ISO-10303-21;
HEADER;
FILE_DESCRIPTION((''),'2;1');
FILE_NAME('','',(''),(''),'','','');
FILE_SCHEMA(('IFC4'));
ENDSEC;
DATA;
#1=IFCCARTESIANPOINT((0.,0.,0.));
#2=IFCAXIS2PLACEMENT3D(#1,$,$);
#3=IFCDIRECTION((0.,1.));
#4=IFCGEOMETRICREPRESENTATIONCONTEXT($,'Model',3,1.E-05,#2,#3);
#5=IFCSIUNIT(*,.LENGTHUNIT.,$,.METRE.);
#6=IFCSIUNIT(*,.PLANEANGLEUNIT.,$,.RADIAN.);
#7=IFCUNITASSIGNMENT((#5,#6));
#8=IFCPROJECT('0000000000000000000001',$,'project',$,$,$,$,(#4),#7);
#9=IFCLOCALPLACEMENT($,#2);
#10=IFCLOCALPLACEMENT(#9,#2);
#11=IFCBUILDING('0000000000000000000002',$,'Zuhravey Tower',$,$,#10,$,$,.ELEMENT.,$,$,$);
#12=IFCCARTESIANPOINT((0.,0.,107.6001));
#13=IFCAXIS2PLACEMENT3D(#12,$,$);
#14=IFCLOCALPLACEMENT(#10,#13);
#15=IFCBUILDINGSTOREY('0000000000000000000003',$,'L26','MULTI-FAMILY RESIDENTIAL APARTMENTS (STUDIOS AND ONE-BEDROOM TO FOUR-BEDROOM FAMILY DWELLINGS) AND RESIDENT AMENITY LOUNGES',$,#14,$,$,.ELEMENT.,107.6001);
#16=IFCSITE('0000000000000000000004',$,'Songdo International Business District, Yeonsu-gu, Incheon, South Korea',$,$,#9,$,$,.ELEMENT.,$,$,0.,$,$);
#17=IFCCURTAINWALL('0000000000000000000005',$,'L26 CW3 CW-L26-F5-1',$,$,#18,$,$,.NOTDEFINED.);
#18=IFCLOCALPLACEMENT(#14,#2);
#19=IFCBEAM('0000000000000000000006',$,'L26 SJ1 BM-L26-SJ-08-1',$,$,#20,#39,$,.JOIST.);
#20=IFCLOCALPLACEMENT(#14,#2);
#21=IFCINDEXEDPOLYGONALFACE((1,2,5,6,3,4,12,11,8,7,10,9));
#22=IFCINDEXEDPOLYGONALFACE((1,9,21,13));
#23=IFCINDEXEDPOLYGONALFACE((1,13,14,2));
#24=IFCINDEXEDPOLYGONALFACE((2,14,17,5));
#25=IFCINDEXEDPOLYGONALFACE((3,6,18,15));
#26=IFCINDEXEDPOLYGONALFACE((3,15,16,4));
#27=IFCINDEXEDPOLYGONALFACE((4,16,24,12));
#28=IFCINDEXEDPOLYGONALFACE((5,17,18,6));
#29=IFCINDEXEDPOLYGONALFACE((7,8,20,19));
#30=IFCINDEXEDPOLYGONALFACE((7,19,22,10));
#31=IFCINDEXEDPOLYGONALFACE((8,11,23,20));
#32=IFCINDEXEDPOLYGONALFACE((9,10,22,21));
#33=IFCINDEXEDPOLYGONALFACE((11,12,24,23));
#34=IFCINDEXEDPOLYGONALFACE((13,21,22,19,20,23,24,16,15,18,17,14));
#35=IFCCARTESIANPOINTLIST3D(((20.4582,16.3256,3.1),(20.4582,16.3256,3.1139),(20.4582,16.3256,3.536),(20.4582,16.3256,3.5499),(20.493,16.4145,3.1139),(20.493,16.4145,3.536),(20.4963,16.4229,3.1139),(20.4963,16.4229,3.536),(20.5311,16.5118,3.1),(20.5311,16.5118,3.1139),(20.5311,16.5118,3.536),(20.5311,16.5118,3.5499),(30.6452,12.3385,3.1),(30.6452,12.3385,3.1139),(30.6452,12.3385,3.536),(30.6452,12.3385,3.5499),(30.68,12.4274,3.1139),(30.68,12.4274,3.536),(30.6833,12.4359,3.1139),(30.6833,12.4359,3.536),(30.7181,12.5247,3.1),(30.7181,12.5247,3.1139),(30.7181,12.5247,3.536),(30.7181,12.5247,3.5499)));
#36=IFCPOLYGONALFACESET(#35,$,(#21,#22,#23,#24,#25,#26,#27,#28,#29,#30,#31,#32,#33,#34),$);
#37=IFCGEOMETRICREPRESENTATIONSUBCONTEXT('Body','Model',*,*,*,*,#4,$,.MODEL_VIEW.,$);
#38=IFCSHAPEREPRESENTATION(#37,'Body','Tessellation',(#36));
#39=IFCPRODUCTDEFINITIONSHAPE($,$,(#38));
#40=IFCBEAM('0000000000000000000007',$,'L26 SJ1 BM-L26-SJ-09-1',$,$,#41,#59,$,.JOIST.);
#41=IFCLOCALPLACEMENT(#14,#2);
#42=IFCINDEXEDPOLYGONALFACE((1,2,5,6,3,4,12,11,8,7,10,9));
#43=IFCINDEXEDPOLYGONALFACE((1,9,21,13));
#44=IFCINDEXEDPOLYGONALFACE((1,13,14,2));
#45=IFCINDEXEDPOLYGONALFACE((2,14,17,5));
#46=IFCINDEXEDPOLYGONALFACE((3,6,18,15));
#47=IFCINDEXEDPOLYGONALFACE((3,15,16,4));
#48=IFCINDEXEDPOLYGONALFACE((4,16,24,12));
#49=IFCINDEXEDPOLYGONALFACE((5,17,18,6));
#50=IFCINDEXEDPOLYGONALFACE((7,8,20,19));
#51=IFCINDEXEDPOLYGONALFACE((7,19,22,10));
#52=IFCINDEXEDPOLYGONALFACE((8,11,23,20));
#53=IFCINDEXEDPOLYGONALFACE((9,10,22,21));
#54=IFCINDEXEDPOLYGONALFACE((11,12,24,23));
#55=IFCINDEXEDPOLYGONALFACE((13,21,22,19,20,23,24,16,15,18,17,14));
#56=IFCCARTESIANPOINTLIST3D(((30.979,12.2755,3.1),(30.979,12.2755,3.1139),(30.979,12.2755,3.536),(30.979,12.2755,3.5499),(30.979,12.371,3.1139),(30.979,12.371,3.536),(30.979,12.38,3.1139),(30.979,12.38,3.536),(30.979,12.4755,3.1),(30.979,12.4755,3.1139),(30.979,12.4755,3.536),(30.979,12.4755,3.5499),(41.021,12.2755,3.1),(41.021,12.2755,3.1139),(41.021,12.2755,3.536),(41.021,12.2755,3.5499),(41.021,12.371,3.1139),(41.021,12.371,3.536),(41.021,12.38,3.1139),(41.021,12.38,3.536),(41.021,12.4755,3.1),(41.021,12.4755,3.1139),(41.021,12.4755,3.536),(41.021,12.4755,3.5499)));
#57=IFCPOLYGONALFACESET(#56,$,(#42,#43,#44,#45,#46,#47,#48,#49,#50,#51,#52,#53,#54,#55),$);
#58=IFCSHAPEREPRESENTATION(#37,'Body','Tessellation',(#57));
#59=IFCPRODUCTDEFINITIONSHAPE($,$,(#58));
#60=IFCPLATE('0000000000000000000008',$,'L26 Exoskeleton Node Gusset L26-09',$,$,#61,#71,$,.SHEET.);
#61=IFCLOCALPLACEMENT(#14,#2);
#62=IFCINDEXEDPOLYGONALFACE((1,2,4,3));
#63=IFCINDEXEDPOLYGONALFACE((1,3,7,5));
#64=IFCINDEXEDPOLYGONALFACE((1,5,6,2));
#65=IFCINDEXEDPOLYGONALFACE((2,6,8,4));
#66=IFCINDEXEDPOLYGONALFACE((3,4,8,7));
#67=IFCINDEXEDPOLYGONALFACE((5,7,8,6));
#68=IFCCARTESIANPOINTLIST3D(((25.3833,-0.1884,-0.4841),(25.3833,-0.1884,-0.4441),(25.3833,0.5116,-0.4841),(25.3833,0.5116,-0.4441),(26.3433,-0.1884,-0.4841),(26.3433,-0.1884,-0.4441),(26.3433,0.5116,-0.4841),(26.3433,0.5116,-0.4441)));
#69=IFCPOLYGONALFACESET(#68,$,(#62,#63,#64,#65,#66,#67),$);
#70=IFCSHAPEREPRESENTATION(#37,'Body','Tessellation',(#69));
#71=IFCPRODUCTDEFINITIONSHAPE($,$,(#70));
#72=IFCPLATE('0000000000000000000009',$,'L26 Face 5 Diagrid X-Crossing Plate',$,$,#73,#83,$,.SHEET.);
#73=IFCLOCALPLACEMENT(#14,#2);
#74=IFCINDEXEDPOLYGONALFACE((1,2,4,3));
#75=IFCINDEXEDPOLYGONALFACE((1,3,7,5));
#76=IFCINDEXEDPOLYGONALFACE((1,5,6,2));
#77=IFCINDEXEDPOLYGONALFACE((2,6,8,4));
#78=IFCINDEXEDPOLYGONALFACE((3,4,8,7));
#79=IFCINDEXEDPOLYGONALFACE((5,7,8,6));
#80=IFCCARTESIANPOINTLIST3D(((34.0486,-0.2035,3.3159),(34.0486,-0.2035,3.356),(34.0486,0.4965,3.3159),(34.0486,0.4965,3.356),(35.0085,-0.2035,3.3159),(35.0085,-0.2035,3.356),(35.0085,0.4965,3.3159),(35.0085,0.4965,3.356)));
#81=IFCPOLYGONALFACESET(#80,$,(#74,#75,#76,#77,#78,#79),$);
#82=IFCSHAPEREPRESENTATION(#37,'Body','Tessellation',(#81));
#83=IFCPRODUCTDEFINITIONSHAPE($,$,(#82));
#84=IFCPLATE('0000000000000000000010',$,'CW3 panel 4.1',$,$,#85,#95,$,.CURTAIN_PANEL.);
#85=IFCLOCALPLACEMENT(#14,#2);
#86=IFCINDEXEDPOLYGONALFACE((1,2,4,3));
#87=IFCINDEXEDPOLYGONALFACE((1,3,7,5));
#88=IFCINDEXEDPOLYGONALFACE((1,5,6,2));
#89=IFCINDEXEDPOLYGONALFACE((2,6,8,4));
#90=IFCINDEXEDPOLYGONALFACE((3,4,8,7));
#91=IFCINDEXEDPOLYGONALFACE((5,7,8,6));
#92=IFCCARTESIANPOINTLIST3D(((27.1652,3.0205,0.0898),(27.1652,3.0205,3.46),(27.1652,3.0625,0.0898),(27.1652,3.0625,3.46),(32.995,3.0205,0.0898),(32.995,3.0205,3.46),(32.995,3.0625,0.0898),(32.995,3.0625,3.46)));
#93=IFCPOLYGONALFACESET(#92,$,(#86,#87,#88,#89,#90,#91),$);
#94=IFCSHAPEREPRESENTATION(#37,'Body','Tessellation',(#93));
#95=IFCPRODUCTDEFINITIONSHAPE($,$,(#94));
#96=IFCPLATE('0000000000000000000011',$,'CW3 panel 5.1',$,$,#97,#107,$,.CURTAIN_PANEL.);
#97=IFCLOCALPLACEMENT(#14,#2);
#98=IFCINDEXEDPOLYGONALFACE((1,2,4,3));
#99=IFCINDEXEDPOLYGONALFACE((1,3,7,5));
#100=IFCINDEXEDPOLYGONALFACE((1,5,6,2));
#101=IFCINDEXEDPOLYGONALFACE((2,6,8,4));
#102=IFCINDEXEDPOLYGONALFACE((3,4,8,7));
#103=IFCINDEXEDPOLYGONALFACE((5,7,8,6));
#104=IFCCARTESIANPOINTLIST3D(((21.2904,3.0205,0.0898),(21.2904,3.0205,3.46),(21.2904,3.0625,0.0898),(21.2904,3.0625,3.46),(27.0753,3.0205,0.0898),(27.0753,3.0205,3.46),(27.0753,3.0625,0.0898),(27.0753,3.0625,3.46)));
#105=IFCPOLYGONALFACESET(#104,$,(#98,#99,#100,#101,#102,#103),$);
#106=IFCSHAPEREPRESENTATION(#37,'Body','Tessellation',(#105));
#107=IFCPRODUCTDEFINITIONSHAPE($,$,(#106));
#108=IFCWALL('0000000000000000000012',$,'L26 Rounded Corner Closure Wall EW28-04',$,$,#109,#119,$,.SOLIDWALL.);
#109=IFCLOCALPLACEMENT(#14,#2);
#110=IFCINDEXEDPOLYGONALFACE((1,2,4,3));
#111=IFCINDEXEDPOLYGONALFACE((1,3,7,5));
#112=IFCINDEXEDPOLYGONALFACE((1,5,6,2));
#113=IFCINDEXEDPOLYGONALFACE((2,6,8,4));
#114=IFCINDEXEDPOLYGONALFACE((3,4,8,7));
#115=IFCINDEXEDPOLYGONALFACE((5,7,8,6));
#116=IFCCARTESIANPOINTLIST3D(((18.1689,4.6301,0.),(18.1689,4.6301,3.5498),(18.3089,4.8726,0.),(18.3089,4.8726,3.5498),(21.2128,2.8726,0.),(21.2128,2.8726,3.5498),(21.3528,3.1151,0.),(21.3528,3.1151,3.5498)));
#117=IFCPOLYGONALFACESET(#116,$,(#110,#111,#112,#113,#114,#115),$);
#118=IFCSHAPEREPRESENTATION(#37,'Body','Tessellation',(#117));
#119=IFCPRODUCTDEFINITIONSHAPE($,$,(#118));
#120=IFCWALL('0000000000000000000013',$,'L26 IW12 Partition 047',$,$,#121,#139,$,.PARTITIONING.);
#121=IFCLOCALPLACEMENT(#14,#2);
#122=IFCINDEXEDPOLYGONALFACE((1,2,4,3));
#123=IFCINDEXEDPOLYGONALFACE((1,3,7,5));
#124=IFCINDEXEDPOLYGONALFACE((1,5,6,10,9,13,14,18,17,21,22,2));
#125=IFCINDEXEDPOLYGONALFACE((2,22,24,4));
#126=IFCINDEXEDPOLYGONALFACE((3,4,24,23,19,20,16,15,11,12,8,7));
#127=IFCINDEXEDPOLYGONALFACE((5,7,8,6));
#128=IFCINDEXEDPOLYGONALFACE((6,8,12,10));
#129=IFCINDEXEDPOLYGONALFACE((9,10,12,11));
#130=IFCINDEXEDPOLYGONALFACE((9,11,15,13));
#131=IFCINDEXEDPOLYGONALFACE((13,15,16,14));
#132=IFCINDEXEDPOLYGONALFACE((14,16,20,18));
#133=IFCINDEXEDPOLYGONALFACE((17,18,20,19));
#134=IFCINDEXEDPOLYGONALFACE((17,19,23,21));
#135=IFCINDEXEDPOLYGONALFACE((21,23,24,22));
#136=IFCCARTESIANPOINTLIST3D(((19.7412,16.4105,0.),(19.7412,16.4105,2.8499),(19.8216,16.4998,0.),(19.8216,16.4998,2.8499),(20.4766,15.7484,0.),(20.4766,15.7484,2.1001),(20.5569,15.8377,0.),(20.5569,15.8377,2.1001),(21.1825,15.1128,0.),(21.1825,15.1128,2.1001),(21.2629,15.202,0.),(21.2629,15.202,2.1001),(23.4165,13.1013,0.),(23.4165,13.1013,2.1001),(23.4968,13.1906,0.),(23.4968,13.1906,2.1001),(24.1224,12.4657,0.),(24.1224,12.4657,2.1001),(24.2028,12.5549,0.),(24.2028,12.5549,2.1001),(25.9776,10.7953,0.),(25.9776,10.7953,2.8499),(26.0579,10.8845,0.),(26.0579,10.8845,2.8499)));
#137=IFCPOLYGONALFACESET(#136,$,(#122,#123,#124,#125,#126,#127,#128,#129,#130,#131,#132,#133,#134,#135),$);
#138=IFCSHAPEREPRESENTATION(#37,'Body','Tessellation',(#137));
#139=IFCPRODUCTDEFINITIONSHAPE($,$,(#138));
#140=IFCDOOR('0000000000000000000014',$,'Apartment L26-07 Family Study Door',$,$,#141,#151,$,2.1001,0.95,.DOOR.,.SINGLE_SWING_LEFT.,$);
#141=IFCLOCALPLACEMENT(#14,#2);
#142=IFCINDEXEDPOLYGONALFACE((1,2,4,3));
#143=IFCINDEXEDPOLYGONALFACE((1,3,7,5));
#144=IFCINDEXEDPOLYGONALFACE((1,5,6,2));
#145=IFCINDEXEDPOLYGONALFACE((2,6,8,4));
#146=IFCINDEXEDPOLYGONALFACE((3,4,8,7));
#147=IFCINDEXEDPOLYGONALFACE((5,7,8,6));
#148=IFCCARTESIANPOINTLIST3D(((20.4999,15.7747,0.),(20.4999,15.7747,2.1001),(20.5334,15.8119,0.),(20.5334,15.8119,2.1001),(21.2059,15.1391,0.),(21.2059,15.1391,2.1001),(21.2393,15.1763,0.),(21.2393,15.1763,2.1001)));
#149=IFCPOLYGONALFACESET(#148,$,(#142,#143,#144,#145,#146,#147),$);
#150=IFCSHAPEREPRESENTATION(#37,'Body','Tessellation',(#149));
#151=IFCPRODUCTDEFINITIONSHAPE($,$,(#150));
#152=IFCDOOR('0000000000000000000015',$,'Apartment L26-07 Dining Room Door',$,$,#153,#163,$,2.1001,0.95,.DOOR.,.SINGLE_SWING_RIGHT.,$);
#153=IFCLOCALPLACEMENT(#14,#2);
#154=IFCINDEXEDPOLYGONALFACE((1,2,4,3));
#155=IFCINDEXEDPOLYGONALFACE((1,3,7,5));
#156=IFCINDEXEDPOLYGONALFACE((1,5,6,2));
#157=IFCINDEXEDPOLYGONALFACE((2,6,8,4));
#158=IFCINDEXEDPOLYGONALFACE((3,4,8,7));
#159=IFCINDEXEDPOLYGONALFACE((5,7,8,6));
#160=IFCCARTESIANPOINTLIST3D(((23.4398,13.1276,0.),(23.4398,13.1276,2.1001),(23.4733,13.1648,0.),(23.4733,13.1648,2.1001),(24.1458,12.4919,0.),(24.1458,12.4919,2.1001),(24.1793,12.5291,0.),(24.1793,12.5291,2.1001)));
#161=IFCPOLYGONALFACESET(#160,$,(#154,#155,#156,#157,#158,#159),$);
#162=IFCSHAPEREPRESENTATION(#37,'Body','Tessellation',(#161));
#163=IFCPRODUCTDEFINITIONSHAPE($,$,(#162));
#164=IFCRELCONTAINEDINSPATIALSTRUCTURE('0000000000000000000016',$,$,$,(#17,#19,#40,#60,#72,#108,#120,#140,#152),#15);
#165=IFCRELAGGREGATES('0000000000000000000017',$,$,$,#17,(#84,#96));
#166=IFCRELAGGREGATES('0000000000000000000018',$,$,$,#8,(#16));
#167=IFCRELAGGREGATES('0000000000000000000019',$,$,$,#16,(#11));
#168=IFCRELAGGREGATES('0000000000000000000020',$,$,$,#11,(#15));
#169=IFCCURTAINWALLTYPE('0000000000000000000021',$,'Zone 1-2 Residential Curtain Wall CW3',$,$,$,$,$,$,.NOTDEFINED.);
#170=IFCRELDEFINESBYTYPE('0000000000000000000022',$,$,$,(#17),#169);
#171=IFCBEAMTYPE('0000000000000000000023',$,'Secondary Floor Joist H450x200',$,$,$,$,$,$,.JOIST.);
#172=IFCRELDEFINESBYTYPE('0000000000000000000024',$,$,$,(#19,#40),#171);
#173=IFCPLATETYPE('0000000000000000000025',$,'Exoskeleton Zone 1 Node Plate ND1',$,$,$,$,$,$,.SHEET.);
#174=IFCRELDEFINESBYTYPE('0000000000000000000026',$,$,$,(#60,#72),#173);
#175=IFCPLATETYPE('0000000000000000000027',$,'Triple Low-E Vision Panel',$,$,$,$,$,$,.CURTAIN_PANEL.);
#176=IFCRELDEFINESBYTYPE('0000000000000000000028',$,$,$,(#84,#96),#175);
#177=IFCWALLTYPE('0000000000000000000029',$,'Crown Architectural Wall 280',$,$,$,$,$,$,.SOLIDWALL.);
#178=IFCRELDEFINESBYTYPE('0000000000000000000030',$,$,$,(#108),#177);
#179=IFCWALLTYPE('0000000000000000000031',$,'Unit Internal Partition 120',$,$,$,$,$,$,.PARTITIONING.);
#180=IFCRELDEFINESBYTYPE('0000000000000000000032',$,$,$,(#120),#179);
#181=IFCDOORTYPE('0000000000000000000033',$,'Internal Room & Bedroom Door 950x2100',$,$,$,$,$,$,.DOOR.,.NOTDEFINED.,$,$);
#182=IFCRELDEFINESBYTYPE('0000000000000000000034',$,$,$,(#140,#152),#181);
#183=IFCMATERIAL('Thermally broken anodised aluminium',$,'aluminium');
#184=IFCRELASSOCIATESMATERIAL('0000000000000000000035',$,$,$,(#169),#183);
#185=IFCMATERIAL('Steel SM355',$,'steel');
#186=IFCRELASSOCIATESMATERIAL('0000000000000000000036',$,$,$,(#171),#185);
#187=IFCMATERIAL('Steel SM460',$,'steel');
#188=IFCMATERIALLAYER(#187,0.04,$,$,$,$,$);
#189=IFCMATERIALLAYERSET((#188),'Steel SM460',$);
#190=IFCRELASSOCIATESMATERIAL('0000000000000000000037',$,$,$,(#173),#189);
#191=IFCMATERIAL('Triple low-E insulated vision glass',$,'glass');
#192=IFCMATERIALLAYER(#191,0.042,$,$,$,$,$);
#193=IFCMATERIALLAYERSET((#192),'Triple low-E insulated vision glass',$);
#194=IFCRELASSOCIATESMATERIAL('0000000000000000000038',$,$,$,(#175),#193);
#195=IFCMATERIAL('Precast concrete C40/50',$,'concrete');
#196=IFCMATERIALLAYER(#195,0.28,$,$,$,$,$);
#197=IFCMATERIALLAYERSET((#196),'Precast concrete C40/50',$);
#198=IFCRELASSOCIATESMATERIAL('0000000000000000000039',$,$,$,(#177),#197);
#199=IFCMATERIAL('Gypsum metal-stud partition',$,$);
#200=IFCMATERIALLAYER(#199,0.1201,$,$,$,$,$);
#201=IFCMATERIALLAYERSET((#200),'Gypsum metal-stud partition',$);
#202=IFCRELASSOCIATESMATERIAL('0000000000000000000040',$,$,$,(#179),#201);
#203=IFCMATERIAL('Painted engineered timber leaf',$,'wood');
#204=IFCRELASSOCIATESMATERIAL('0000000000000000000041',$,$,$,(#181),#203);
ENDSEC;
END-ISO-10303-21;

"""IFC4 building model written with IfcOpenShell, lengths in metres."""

from ifc_helpers import new_model, si_unit, direction, frame, frame_2d, origin, origin_2d, place, context, subcontext, project, spatial, rectangle, i_section, extrude, material, layer, layer_set, material_profile, profile_set, type_object, element, fill, aggregate, save


model = new_model("IFC4")

# Units and contexts
model_context = context("Model", 3, precision=1e-05, world=origin(), true_north=direction((0.0, 1.0)))
body_context = subcontext(model_context, "Body", "Model", "MODEL_VIEW")
ifc_project = project(units=[si_unit("LENGTHUNIT", "METRE"), si_unit("PLANEANGLEUNIT", "RADIAN")], contexts=[model_context])

# Site, building, storey
site_placement = place(None, origin())
site = spatial("IfcSite", under=ifc_project, at=site_placement, Name="Songdo International Business District, Yeonsu-gu, Incheon, South Korea", CompositionType="ELEMENT", RefElevation=0.0)
building_placement = place(site_placement, origin())
building = spatial("IfcBuilding", under=site, at=building_placement, Name="Zuhravey Tower", CompositionType="ELEMENT")
storey_placement = place(building_placement, frame((0.0, 0.0, 107.6001)))
storey = spatial("IfcBuildingStorey", under=building, at=storey_placement, Name="L26", Description="MULTI-FAMILY RESIDENTIAL APARTMENTS (STUDIOS AND ONE-BEDROOM TO FOUR-BEDROOM FAMILY DWELLINGS) AND RESIDENT AMENITY LOUNGES", CompositionType="ELEMENT", Elevation=107.6001)

# Curtain wall
ifc_material_1 = material(Name="Thermally broken anodised aluminium", Category="aluminium")
curtain_wall_type = type_object("IfcCurtainWallType", Name="Zone 1-2 Residential Curtain Wall CW3", PredefinedType="NOTDEFINED", material=ifc_material_1)
curtain_wall_placement = place(storey_placement, origin())
curtain_wall = element("IfcCurtainWall", 1, at=curtain_wall_placement, inside=storey, type_object=curtain_wall_type, Name="L26 CW3 CW-L26-F5-1", PredefinedType="NOTDEFINED")

# Shared definitions
ifc_material_2 = material(Name="Steel SM355", Category="steel")
ifc_material_3 = material(Name="Steel SM460", Category="steel")

# Beams
ifc_material_profile_1 = material_profile(ifc_material_2, i_section(OverallWidth=0.2, OverallDepth=0.45, WebThickness=0.009, FlangeThickness=0.0139, at=origin_2d()), Name="H-450x200x9x14")
ifc_profile_set_1 = profile_set([ifc_material_profile_1], Name="Steel SM355")
beam_type_1 = type_object("IfcBeamType", Name="Secondary Floor Joist H450x200", PredefinedType="JOIST", material=ifc_profile_set_1)
beam_1_placement = place(storey_placement, frame((20.4946, 16.4187, 3.325), z_axis=(0.931217, -0.364466, 0.0), x_axis=(0.364466, 0.931217, 0.0)))
element("IfcBeam", 2, at=beam_1_placement, inside=storey, type_object=beam_type_1, Name="L26 SJ1 BM-L26-SJ-08-1", PredefinedType="JOIST", context=body_context, shape_type="SweptSolid", body=[
    extrude(i_section(OverallWidth=0.2, OverallDepth=0.45, WebThickness=0.009, FlangeThickness=0.0139, at=origin_2d()), origin(), (0.0, 0.0, 1.0), 10.9395),
])
beam_2_placement = place(storey_placement, frame((30.979, 12.3755, 3.325), z_axis=(1.0, 0.0, 0.0), x_axis=(0.0, 1.0, 0.0)))
element("IfcBeam", 3, at=beam_2_placement, inside=storey, type_object=beam_type_1, Name="L26 SJ1 BM-L26-SJ-09-1", PredefinedType="JOIST", context=body_context, shape_type="SweptSolid", body=[
    extrude(i_section(OverallWidth=0.2, OverallDepth=0.45, WebThickness=0.009, FlangeThickness=0.0139, at=origin_2d()), origin(), (0.0, 0.0, 1.0), 10.042),
])

# Plates
ifc_layer_1 = layer(ifc_material_3, 0.04)
ifc_layer_set_1 = layer_set([ifc_layer_1], Name="Steel SM460")
plate_type_1 = type_object("IfcPlateType", Name="Exoskeleton Zone 1 Node Plate ND1", PredefinedType="SHEET", material=ifc_layer_set_1)
for number, where, z_axis, x_axis, name in (
    (4, (25.8633, 0.1616, -0.4841), (0.0, 0.0, 1.0), (1.0, 0.0, 0.0), "L26 Exoskeleton Node Gusset L26-09"),
    (5, (34.5286, 0.1465, 3.3159), (0.0, 0.0, 1.0), (1.0, 0.0, 0.0), "L26 Face 5 Diagrid X-Crossing Plate"),
):
    element("IfcPlate", number, at=place(storey_placement, frame(where, z_axis=z_axis, x_axis=x_axis)), inside=storey, type_object=plate_type_1, Name=name, PredefinedType="SHEET", context=body_context, shape_type="SweptSolid", body=[
        extrude(rectangle(XDim=0.96, YDim=0.7, at=origin_2d()), origin(), (0.0, 0.0, 1.0), 0.04),
    ])

# Plates
ifc_material_4 = material(Name="Triple low-E insulated vision glass", Category="glass")
ifc_layer_2 = layer(ifc_material_4, 0.042)
ifc_layer_set_2 = layer_set([ifc_layer_2], Name="Triple low-E insulated vision glass")
plate_type_2 = type_object("IfcPlateType", Name="Triple Low-E Vision Panel", PredefinedType="CURTAIN_PANEL", material=ifc_layer_set_2)
plate_1_placement = place(storey_placement, frame((30.0801, 3.0415, 0.0898), z_axis=(0.0, 0.0, 1.0), x_axis=(-1.0, 0.0, 0.0)))
plate_1 = element("IfcPlate", 6, at=plate_1_placement, type_object=plate_type_2, Name="CW3 panel 4.1", PredefinedType="CURTAIN_PANEL", context=body_context, shape_type="SweptSolid", body=[
    extrude(rectangle(XDim=5.8298, YDim=0.042, at=origin_2d()), origin(), (0.0, 0.0, 1.0), 3.3701),
])
plate_2_placement = place(storey_placement, frame((24.1829, 3.0415, 0.0898), z_axis=(0.0, 0.0, 1.0), x_axis=(-1.0, 0.0, 0.0)))
plate_2 = element("IfcPlate", 7, at=plate_2_placement, type_object=plate_type_2, Name="CW3 panel 5.1", PredefinedType="CURTAIN_PANEL", context=body_context, shape_type="SweptSolid", body=[
    extrude(rectangle(XDim=5.7849, YDim=0.042, at=origin_2d()), origin(), (0.0, 0.0, 1.0), 3.3701),
])
aggregate(curtain_wall, [plate_1, plate_2])

# Wall
ifc_material_5 = material(Name="Precast concrete C40/50", Category="concrete")
ifc_layer_3 = layer(ifc_material_5, 0.28)
ifc_layer_set_3 = layer_set([ifc_layer_3], Name="Precast concrete C40/50")
wall_type_1 = type_object("IfcWallType", Name="Crown Architectural Wall 280", PredefinedType="SOLIDWALL", material=ifc_layer_set_3)
wall_1_placement = place(storey_placement, frame((21.2827, 2.9939, 0.0), z_axis=(0.0, 0.0, 1.0), x_axis=(-0.866007, 0.500031, 0.0)))
element("IfcWall", 8, at=wall_1_placement, inside=storey, type_object=wall_type_1, Name="L26 Rounded Corner Closure Wall EW28-04", PredefinedType="SOLIDWALL", context=body_context, shape_type="SweptSolid", body=[
    extrude(rectangle(XDim=3.5149, YDim=0.28, at=frame_2d((1.7573, 0.0))), origin(), (0.0, 0.0, 1.0), 3.5498),
])

# Wall, openings, doors
ifc_material_6 = material(Name="Gypsum metal-stud partition")
ifc_layer_4 = layer(ifc_material_6, 0.1201)
ifc_layer_set_4 = layer_set([ifc_layer_4], Name="Gypsum metal-stud partition")
wall_type_2 = type_object("IfcWallType", Name="Unit Internal Partition 120", PredefinedType="PARTITIONING", material=ifc_layer_set_4)
wall_2_placement = place(storey_placement, frame((19.7815, 16.4551, 0.0), z_axis=(0.0, 0.0, 1.0), x_axis=(0.743144, -0.669132, 0.0)))
wall_2 = element("IfcWall", 9, at=wall_2_placement, inside=storey, type_object=wall_type_2, Name="L26 IW12 Partition 047", PredefinedType="PARTITIONING", context=body_context, shape_type="SweptSolid", body=[
    extrude(rectangle(XDim=8.3918, YDim=0.1201, at=frame_2d((4.1958, 0.0))), origin(), (0.0, 0.0, 1.0), 2.8499),
])
opening_1_placement = place(wall_2_placement, frame((0.9893, 0.0, 0.0)))
opening_1 = element("IfcOpeningElement", 10, at=opening_1_placement, cuts=wall_2, PredefinedType="OPENING", context=body_context, shape_type="SweptSolid", body=[
    extrude(rectangle(XDim=0.95, YDim=2.1001, at=frame_2d((0.4751, 1.05))), frame((0.0, 0.072, 0.0), z_axis=(0.0, -1.0, 0.0), x_axis=(1.0, 0.0, 0.0)), (0.0, 0.0, 1.0), 0.144),
])
opening_2_placement = place(wall_2_placement, frame((4.9453, 0.0, 0.0)))
opening_2 = element("IfcOpeningElement", 11, at=opening_2_placement, cuts=wall_2, PredefinedType="OPENING", context=body_context, shape_type="SweptSolid", body=[
    extrude(rectangle(XDim=0.95, YDim=2.1001, at=frame_2d((0.4751, 1.05))), frame((0.0, 0.072, 0.0), z_axis=(0.0, -1.0, 0.0), x_axis=(1.0, 0.0, 0.0)), (0.0, 0.0, 1.0), 0.144),
])
ifc_material_7 = material(Name="Painted engineered timber leaf", Category="wood")
door_type = type_object("IfcDoorType", Name="Internal Room & Bedroom Door 950x2100", OperationType="NOTDEFINED", PredefinedType="DOOR", material=ifc_material_7)
door_1_placement = place(opening_1_placement, frame((0.95, 0.0, 0.0), z_axis=(0.0, 0.0, 1.0), x_axis=(-1.0, 0.0, 0.0)))
door_1 = element("IfcDoor", 12, at=door_1_placement, inside=storey, type_object=door_type, Name="Apartment L26-07 Family Study Door", OperationType="SINGLE_SWING_LEFT", OverallHeight=2.1001, OverallWidth=0.95, PredefinedType="DOOR", context=body_context, shape_type="SweptSolid", body=[
    extrude(rectangle(XDim=0.95, YDim=2.1001, at=frame_2d((0.4751, 1.05))), frame((0.0, 0.0249, 0.0), z_axis=(0.0, -1.0, 0.0), x_axis=(1.0, 0.0, 0.0)), (0.0, 0.0, 1.0), 0.05),
])
fill(opening_1, door_1)
door_2_placement = place(opening_2_placement, frame((0.95, 0.0, 0.0), z_axis=(0.0, 0.0, 1.0), x_axis=(-1.0, 0.0, 0.0)))
door_2 = element("IfcDoor", 13, at=door_2_placement, inside=storey, type_object=door_type, Name="Apartment L26-07 Dining Room Door", OperationType="SINGLE_SWING_RIGHT", OverallHeight=2.1001, OverallWidth=0.95, PredefinedType="DOOR", context=body_context, shape_type="SweptSolid", body=[
    extrude(rectangle(XDim=0.95, YDim=2.1001, at=frame_2d((0.4751, 1.05))), frame((0.0, 0.0249, 0.0), z_axis=(0.0, -1.0, 0.0), x_axis=(1.0, 0.0, 0.0)), (0.0, 0.0, 1.0), 0.05),
])
fill(opening_2, door_2)

save(model, "model.ifc")
